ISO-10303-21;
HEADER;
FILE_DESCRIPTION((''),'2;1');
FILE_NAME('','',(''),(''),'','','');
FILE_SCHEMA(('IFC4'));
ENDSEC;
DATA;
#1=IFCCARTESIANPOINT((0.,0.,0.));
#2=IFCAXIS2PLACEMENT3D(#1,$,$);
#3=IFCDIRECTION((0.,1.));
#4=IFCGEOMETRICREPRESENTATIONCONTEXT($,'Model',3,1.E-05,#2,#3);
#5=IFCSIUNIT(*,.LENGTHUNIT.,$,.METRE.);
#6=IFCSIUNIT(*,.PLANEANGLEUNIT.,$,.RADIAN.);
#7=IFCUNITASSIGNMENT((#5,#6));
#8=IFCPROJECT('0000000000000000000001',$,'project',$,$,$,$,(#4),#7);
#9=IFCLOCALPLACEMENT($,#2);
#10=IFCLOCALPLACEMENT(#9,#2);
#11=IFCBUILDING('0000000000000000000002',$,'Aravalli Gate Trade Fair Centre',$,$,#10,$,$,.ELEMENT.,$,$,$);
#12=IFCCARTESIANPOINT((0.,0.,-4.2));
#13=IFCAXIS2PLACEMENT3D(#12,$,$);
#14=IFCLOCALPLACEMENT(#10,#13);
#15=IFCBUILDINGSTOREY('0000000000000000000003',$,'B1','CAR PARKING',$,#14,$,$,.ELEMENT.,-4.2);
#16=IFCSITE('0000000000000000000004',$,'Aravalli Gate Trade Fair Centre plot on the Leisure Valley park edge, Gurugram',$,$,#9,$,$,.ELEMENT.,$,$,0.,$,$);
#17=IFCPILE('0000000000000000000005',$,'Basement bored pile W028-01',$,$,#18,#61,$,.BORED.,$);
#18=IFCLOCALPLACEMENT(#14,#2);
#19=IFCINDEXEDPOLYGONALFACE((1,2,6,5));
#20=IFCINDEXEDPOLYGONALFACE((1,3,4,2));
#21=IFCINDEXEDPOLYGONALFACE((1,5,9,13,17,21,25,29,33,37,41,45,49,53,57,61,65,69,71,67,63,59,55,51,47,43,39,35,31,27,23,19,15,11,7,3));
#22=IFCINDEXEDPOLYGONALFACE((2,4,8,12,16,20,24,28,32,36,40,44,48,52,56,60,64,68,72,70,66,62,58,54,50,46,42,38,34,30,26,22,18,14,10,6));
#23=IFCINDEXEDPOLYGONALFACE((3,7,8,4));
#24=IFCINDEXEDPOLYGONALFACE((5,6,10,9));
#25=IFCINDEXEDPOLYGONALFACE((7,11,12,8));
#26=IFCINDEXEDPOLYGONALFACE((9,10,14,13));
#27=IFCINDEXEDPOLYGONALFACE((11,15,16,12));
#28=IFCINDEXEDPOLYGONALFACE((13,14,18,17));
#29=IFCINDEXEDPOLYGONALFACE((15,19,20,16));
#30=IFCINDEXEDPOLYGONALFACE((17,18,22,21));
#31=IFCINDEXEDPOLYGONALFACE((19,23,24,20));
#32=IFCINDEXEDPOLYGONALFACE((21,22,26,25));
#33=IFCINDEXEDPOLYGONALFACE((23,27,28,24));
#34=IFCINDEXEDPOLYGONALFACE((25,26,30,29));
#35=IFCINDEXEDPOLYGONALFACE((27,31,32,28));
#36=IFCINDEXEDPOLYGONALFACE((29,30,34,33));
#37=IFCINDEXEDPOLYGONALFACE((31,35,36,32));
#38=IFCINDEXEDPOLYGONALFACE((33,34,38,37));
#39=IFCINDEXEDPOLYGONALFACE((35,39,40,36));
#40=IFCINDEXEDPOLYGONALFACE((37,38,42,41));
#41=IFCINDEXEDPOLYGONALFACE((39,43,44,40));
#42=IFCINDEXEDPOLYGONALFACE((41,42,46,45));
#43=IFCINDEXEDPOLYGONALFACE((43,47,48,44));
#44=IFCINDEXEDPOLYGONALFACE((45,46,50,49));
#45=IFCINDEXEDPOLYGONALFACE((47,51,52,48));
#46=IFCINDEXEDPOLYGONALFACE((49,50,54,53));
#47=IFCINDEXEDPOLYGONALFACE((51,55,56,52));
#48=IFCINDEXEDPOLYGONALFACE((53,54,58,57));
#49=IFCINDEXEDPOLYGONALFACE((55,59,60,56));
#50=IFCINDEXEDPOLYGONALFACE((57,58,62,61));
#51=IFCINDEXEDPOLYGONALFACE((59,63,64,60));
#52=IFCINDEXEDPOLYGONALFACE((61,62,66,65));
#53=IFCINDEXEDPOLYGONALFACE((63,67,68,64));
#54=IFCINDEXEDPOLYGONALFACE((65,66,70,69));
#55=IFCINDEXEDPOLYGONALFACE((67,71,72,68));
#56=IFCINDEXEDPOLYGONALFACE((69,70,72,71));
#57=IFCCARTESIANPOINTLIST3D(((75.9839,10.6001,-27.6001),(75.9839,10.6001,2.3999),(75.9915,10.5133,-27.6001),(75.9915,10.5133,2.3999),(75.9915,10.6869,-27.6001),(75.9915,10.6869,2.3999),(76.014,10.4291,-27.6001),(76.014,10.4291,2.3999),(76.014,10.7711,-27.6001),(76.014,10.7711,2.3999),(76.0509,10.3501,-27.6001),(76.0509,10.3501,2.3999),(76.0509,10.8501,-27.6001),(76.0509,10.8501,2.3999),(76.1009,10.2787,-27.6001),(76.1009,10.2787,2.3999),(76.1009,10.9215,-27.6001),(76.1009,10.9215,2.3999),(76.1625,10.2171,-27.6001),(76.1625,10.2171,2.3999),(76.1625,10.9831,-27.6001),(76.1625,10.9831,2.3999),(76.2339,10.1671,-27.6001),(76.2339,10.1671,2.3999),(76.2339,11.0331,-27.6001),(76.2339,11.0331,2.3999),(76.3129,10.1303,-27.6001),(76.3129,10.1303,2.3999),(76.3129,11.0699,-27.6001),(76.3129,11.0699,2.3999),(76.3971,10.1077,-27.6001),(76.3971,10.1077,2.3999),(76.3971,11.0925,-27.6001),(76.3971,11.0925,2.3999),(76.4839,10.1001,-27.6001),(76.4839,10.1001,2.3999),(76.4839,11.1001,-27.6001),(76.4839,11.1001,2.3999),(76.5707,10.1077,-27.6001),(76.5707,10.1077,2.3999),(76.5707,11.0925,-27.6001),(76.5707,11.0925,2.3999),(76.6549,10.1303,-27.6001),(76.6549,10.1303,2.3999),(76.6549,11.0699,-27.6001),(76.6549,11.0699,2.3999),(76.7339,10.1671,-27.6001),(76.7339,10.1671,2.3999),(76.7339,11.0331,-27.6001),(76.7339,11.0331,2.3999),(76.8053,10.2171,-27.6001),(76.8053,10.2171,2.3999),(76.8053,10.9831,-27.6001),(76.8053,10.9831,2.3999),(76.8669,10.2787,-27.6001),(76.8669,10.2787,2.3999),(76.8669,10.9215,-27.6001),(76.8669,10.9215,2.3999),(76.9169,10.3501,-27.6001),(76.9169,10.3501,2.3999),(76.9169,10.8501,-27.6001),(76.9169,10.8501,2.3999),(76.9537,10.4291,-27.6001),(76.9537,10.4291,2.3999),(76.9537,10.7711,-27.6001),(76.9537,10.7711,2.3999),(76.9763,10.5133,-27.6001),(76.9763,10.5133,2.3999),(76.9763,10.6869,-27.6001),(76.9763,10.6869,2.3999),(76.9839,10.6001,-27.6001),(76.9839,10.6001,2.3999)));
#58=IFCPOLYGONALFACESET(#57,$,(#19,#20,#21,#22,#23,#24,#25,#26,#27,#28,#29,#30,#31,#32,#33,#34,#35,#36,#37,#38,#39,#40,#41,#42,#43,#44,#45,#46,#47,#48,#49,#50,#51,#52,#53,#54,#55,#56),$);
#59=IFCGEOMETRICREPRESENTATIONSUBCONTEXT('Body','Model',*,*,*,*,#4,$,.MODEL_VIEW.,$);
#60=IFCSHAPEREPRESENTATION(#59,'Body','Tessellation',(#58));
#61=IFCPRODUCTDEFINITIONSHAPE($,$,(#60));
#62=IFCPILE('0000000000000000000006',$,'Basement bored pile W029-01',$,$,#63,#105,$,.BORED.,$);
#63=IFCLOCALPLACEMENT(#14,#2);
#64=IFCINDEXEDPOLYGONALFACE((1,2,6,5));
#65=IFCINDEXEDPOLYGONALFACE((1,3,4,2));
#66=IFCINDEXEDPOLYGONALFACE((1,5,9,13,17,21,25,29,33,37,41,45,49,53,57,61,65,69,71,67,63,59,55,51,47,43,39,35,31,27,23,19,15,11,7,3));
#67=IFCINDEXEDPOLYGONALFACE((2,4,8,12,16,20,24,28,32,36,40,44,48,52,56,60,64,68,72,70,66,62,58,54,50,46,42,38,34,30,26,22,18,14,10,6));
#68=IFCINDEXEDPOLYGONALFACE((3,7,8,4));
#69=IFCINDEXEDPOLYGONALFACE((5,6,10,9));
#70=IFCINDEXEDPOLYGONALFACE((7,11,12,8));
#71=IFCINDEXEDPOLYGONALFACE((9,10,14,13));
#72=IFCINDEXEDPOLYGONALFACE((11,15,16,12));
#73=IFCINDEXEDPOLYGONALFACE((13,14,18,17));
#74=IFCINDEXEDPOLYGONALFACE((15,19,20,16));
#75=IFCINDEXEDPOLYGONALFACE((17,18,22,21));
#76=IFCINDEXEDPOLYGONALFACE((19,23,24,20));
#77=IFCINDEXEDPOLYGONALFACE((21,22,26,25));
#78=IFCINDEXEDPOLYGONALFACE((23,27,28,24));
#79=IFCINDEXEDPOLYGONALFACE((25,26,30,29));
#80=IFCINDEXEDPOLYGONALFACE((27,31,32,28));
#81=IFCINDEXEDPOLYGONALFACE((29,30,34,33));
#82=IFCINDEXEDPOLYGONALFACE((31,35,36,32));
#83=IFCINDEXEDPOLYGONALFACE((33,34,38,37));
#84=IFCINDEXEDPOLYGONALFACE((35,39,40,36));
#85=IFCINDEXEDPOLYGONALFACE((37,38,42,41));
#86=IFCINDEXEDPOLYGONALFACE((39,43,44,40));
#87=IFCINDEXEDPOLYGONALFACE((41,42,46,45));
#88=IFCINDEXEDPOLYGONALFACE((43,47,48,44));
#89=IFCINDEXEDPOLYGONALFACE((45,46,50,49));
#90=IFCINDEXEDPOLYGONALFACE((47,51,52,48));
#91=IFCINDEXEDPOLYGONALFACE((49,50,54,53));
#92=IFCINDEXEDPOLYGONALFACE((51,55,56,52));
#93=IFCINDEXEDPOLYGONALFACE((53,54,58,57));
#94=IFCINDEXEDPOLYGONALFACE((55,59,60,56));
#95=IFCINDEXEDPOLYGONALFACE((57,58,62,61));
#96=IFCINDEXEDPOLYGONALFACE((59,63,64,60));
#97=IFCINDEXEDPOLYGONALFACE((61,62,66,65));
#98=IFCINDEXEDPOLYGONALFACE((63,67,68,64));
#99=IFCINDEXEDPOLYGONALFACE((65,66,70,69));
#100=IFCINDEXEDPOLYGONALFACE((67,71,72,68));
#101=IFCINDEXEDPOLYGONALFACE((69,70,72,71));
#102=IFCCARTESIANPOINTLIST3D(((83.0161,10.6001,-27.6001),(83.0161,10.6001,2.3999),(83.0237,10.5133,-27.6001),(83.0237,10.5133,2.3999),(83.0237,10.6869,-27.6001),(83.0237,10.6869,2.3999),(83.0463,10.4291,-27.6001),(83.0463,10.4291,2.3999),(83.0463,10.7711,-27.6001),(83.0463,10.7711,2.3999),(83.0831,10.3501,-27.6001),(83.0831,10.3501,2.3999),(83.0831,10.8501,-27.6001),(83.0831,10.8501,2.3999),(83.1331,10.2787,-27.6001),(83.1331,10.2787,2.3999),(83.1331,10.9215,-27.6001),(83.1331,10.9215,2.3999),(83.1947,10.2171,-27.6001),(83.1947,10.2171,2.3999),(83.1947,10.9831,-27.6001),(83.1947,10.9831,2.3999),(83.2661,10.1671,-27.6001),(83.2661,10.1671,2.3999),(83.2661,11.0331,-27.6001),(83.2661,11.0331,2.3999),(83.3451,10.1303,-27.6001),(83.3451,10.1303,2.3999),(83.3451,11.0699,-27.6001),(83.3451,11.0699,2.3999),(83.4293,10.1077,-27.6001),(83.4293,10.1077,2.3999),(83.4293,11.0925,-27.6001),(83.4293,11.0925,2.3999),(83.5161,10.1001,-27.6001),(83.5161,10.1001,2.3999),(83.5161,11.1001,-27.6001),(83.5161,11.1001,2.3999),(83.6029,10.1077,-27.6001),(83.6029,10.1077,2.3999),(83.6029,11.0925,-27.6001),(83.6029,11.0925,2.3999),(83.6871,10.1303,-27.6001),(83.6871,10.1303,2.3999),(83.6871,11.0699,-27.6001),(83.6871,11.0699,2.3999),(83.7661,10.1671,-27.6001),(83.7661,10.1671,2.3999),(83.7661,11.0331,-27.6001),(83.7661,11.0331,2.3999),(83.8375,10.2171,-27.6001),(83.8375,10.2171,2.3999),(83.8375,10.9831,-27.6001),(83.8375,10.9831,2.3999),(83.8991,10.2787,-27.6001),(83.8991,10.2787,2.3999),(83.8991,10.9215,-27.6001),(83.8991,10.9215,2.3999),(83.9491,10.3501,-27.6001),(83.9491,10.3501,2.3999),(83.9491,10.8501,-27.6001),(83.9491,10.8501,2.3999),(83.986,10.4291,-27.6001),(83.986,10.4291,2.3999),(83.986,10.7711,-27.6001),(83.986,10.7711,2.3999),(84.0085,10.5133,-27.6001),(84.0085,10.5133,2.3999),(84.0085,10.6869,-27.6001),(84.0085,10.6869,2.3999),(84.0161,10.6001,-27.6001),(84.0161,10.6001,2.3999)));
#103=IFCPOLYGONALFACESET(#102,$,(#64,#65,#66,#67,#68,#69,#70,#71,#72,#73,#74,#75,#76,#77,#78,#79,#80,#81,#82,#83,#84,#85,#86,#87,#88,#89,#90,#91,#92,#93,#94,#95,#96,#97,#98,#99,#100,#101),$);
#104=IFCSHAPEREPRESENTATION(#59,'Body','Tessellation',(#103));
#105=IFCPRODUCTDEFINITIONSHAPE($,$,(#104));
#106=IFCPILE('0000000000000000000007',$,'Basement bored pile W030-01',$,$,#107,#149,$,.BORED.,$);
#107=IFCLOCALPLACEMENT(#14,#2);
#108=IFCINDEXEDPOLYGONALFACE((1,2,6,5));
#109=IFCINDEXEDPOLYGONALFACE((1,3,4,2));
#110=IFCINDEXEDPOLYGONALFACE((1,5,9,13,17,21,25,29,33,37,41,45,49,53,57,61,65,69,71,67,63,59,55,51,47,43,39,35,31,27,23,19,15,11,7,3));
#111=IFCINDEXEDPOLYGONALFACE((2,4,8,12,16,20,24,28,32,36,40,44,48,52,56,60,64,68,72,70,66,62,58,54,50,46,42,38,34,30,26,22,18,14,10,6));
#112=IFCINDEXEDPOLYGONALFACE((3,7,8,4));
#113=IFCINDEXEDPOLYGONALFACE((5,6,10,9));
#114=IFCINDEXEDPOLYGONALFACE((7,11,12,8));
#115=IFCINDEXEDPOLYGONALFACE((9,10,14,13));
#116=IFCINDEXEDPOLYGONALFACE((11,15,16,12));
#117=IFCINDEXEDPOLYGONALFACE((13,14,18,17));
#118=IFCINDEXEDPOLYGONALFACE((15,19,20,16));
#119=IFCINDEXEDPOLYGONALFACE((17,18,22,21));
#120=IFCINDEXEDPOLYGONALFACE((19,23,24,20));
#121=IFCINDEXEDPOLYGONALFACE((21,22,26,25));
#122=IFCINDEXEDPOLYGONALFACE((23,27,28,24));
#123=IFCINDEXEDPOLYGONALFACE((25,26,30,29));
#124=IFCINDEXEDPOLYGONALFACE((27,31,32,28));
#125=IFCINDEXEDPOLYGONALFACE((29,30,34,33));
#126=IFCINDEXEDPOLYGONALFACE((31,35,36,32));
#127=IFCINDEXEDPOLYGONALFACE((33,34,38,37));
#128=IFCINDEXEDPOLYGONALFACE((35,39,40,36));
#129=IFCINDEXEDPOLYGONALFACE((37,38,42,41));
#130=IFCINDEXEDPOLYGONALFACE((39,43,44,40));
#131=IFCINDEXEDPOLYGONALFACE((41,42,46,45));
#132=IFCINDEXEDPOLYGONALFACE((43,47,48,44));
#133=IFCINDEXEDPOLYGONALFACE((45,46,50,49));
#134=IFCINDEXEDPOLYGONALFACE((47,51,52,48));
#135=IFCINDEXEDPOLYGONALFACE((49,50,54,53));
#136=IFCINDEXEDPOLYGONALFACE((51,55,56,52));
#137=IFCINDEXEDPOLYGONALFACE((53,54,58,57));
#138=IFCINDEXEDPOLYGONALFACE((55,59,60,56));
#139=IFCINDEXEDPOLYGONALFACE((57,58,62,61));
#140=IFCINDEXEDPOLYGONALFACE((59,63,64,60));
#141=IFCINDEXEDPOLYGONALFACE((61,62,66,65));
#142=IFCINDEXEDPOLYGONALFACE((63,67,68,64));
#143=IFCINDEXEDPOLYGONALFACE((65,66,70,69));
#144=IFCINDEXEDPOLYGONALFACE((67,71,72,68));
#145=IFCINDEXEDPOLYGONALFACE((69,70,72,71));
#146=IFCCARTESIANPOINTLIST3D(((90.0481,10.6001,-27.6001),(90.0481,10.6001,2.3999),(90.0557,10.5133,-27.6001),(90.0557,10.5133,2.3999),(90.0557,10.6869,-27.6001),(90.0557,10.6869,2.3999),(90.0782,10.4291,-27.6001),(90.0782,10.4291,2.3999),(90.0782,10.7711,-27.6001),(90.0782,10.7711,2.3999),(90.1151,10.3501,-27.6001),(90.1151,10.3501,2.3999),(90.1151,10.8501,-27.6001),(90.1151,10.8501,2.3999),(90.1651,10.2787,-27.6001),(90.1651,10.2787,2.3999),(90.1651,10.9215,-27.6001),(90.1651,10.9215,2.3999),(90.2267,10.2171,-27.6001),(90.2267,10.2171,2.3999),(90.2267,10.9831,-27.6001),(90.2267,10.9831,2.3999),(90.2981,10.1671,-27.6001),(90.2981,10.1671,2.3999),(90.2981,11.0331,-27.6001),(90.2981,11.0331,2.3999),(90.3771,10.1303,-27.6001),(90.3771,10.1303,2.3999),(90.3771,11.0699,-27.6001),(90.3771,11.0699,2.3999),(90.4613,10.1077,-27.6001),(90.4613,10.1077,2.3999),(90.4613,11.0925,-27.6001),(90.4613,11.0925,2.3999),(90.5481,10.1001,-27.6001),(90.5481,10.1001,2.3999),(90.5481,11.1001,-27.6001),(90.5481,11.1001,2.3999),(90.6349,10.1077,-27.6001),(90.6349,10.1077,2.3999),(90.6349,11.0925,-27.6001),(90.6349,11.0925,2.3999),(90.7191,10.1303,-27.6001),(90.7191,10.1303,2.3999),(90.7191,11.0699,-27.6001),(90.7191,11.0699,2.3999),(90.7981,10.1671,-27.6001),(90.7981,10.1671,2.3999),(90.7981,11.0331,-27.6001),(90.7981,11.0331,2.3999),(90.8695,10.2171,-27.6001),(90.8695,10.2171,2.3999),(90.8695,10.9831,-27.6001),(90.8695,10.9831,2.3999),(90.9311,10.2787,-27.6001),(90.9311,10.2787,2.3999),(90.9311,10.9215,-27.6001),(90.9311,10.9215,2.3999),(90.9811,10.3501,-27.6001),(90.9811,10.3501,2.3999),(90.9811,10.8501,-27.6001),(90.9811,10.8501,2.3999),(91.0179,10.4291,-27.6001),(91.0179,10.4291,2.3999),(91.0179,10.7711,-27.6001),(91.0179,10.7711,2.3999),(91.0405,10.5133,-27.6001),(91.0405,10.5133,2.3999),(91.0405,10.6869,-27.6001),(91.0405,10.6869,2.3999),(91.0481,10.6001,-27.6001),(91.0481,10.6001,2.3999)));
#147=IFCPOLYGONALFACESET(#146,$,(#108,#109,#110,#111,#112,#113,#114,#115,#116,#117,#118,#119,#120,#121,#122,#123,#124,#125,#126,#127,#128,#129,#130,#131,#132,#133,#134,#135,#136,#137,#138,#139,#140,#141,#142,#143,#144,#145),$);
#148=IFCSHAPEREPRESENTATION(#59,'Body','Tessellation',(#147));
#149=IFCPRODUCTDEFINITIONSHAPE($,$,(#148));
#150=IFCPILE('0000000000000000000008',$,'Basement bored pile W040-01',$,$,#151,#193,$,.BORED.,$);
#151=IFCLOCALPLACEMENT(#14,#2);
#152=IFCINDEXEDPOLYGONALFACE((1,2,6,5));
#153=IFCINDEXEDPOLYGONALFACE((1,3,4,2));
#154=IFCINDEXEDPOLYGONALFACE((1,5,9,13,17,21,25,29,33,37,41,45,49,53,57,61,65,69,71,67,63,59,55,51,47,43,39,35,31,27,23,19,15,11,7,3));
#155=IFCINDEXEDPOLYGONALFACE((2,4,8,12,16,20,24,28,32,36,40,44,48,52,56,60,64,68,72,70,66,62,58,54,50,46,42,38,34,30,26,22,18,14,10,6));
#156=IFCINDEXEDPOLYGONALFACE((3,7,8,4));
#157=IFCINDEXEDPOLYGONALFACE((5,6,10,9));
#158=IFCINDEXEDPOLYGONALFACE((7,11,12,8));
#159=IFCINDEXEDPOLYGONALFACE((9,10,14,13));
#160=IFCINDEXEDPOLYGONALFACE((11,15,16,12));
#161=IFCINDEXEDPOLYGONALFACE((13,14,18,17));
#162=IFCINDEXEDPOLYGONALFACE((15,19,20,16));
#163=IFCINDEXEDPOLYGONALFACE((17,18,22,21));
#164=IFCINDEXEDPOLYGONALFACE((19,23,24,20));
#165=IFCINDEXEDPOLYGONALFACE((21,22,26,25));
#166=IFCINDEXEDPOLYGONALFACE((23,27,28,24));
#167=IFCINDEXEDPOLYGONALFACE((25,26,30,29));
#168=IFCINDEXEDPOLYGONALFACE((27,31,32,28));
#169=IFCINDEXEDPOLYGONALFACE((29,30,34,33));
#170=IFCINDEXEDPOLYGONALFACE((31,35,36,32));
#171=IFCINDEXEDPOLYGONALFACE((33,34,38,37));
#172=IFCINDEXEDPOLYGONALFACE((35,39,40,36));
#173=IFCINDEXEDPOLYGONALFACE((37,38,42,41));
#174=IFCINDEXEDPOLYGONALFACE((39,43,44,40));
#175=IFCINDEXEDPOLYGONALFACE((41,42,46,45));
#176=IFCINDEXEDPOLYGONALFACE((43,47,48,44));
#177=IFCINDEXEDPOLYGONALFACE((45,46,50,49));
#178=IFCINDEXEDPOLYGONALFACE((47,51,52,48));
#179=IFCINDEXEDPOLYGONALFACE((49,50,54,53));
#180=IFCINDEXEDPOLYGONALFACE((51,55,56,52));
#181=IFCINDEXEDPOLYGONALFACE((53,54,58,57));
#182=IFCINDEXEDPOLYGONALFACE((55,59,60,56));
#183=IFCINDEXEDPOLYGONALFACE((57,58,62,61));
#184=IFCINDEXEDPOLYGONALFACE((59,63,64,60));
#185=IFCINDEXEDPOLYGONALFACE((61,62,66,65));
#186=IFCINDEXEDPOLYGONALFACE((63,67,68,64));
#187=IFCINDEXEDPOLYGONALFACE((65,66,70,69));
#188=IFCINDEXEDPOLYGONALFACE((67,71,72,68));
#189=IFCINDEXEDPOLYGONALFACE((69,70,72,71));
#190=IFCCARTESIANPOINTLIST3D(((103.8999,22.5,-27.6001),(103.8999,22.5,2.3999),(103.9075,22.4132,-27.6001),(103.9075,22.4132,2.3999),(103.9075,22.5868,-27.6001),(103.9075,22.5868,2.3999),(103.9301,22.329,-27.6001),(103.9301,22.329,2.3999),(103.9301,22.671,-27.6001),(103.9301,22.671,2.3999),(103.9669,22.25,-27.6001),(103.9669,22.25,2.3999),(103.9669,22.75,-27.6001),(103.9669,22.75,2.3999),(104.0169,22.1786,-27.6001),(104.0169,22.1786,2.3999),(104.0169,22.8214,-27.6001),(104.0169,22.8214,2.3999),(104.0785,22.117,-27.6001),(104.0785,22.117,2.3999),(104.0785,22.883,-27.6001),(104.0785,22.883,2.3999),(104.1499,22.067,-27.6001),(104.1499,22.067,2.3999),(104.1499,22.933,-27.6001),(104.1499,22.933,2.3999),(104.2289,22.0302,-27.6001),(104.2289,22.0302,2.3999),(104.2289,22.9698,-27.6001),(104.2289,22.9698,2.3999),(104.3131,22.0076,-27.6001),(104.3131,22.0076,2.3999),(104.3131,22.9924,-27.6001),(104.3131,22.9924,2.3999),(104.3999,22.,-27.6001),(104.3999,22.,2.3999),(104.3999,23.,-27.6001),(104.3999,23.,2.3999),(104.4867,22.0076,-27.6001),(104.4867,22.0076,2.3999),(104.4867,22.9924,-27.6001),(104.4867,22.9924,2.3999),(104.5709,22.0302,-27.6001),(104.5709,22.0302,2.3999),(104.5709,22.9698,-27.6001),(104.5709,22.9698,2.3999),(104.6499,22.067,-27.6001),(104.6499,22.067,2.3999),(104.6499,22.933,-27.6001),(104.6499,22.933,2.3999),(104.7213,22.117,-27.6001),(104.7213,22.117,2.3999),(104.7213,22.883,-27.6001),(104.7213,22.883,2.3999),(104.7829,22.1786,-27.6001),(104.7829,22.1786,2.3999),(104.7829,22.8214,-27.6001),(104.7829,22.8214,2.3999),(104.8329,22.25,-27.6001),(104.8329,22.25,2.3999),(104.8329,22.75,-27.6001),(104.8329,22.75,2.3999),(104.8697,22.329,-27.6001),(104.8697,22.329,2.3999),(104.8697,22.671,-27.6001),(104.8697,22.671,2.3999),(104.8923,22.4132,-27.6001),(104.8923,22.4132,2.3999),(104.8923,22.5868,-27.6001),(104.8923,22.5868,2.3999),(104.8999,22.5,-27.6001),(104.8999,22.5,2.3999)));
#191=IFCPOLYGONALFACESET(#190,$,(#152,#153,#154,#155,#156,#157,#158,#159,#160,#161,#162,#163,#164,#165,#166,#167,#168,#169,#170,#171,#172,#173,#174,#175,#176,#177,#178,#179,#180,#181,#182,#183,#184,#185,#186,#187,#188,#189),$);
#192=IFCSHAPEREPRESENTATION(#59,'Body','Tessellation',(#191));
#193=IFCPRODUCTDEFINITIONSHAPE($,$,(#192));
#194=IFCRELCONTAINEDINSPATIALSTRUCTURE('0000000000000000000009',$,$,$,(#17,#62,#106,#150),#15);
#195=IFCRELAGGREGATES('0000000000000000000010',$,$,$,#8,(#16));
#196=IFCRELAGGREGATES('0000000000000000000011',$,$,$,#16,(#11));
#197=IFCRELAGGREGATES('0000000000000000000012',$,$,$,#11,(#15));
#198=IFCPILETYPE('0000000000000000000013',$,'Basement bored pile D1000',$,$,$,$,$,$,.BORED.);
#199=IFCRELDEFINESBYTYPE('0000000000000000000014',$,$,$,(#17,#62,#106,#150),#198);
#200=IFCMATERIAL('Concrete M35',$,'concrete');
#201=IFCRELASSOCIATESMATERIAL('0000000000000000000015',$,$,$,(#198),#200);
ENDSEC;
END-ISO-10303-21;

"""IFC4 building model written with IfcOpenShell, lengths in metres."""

from ifc_helpers import new_model, si_unit, direction, frame, origin, origin_2d, place, context, subcontext, project, spatial, circle, extrude, material, material_profile, profile_set, type_object, element, save


model = new_model("IFC4")

# Units and contexts
model_context = context("Model", 3, precision=1e-05, world=origin(), true_north=direction((0.0, 1.0)))
body_context = subcontext(model_context, "Body", "Model", "MODEL_VIEW")
ifc_project = project(units=[si_unit("LENGTHUNIT", "METRE"), si_unit("PLANEANGLEUNIT", "RADIAN")], contexts=[model_context])

# Site, building, storey
site_placement = place(None, origin())
site = spatial("IfcSite", under=ifc_project, at=site_placement, Name="Aravalli Gate Trade Fair Centre plot on the Leisure Valley park edge, Gurugram", CompositionType="ELEMENT", RefElevation=0.0)
building_placement = place(site_placement, origin())
building = spatial("IfcBuilding", under=site, at=building_placement, Name="Aravalli Gate Trade Fair Centre", CompositionType="ELEMENT")
storey_placement = place(building_placement, frame((0.0, 0.0, -4.2)))
storey = spatial("IfcBuildingStorey", under=building, at=storey_placement, Name="B1", Description="CAR PARKING", CompositionType="ELEMENT", Elevation=-4.2)

# Piles
ifc_material = material(Name="Concrete M35", Category="concrete")
ifc_material_profile = material_profile(ifc_material, circle(Radius=0.5, at=origin_2d()), Name="D1000")
ifc_profile_set = profile_set([ifc_material_profile], Name="Concrete M35")
pile_type = type_object("IfcPileType", Name="Basement bored pile D1000", PredefinedType="BORED", material=ifc_profile_set)
for number, where, z_axis, x_axis, name in (
    (1, (76.4839, 10.6001, 2.3999), (0.0, 0.0, -1.0), (1.0, 0.0, 0.0), "Basement bored pile W028-01"),
    (2, (83.5161, 10.6001, 2.3999), (0.0, 0.0, -1.0), (1.0, 0.0, 0.0), "Basement bored pile W029-01"),
    (3, (90.5481, 10.6001, 2.3999), (0.0, 0.0, -1.0), (1.0, 0.0, 0.0), "Basement bored pile W030-01"),
    (4, (104.3999, 22.5, 2.3999), (0.0, 0.0, -1.0), (1.0, 0.0, 0.0), "Basement bored pile W040-01"),
):
    element("IfcPile", number, at=place(storey_placement, frame(where, z_axis=z_axis, x_axis=x_axis)), inside=storey, type_object=pile_type, Name=name, PredefinedType="BORED", context=body_context, shape_type="SweptSolid", body=[
        extrude(circle(Radius=0.5, at=origin_2d()), origin(), (0.0, 0.0, 1.0), 30.0),
    ])

save(model, "model.ifc")
